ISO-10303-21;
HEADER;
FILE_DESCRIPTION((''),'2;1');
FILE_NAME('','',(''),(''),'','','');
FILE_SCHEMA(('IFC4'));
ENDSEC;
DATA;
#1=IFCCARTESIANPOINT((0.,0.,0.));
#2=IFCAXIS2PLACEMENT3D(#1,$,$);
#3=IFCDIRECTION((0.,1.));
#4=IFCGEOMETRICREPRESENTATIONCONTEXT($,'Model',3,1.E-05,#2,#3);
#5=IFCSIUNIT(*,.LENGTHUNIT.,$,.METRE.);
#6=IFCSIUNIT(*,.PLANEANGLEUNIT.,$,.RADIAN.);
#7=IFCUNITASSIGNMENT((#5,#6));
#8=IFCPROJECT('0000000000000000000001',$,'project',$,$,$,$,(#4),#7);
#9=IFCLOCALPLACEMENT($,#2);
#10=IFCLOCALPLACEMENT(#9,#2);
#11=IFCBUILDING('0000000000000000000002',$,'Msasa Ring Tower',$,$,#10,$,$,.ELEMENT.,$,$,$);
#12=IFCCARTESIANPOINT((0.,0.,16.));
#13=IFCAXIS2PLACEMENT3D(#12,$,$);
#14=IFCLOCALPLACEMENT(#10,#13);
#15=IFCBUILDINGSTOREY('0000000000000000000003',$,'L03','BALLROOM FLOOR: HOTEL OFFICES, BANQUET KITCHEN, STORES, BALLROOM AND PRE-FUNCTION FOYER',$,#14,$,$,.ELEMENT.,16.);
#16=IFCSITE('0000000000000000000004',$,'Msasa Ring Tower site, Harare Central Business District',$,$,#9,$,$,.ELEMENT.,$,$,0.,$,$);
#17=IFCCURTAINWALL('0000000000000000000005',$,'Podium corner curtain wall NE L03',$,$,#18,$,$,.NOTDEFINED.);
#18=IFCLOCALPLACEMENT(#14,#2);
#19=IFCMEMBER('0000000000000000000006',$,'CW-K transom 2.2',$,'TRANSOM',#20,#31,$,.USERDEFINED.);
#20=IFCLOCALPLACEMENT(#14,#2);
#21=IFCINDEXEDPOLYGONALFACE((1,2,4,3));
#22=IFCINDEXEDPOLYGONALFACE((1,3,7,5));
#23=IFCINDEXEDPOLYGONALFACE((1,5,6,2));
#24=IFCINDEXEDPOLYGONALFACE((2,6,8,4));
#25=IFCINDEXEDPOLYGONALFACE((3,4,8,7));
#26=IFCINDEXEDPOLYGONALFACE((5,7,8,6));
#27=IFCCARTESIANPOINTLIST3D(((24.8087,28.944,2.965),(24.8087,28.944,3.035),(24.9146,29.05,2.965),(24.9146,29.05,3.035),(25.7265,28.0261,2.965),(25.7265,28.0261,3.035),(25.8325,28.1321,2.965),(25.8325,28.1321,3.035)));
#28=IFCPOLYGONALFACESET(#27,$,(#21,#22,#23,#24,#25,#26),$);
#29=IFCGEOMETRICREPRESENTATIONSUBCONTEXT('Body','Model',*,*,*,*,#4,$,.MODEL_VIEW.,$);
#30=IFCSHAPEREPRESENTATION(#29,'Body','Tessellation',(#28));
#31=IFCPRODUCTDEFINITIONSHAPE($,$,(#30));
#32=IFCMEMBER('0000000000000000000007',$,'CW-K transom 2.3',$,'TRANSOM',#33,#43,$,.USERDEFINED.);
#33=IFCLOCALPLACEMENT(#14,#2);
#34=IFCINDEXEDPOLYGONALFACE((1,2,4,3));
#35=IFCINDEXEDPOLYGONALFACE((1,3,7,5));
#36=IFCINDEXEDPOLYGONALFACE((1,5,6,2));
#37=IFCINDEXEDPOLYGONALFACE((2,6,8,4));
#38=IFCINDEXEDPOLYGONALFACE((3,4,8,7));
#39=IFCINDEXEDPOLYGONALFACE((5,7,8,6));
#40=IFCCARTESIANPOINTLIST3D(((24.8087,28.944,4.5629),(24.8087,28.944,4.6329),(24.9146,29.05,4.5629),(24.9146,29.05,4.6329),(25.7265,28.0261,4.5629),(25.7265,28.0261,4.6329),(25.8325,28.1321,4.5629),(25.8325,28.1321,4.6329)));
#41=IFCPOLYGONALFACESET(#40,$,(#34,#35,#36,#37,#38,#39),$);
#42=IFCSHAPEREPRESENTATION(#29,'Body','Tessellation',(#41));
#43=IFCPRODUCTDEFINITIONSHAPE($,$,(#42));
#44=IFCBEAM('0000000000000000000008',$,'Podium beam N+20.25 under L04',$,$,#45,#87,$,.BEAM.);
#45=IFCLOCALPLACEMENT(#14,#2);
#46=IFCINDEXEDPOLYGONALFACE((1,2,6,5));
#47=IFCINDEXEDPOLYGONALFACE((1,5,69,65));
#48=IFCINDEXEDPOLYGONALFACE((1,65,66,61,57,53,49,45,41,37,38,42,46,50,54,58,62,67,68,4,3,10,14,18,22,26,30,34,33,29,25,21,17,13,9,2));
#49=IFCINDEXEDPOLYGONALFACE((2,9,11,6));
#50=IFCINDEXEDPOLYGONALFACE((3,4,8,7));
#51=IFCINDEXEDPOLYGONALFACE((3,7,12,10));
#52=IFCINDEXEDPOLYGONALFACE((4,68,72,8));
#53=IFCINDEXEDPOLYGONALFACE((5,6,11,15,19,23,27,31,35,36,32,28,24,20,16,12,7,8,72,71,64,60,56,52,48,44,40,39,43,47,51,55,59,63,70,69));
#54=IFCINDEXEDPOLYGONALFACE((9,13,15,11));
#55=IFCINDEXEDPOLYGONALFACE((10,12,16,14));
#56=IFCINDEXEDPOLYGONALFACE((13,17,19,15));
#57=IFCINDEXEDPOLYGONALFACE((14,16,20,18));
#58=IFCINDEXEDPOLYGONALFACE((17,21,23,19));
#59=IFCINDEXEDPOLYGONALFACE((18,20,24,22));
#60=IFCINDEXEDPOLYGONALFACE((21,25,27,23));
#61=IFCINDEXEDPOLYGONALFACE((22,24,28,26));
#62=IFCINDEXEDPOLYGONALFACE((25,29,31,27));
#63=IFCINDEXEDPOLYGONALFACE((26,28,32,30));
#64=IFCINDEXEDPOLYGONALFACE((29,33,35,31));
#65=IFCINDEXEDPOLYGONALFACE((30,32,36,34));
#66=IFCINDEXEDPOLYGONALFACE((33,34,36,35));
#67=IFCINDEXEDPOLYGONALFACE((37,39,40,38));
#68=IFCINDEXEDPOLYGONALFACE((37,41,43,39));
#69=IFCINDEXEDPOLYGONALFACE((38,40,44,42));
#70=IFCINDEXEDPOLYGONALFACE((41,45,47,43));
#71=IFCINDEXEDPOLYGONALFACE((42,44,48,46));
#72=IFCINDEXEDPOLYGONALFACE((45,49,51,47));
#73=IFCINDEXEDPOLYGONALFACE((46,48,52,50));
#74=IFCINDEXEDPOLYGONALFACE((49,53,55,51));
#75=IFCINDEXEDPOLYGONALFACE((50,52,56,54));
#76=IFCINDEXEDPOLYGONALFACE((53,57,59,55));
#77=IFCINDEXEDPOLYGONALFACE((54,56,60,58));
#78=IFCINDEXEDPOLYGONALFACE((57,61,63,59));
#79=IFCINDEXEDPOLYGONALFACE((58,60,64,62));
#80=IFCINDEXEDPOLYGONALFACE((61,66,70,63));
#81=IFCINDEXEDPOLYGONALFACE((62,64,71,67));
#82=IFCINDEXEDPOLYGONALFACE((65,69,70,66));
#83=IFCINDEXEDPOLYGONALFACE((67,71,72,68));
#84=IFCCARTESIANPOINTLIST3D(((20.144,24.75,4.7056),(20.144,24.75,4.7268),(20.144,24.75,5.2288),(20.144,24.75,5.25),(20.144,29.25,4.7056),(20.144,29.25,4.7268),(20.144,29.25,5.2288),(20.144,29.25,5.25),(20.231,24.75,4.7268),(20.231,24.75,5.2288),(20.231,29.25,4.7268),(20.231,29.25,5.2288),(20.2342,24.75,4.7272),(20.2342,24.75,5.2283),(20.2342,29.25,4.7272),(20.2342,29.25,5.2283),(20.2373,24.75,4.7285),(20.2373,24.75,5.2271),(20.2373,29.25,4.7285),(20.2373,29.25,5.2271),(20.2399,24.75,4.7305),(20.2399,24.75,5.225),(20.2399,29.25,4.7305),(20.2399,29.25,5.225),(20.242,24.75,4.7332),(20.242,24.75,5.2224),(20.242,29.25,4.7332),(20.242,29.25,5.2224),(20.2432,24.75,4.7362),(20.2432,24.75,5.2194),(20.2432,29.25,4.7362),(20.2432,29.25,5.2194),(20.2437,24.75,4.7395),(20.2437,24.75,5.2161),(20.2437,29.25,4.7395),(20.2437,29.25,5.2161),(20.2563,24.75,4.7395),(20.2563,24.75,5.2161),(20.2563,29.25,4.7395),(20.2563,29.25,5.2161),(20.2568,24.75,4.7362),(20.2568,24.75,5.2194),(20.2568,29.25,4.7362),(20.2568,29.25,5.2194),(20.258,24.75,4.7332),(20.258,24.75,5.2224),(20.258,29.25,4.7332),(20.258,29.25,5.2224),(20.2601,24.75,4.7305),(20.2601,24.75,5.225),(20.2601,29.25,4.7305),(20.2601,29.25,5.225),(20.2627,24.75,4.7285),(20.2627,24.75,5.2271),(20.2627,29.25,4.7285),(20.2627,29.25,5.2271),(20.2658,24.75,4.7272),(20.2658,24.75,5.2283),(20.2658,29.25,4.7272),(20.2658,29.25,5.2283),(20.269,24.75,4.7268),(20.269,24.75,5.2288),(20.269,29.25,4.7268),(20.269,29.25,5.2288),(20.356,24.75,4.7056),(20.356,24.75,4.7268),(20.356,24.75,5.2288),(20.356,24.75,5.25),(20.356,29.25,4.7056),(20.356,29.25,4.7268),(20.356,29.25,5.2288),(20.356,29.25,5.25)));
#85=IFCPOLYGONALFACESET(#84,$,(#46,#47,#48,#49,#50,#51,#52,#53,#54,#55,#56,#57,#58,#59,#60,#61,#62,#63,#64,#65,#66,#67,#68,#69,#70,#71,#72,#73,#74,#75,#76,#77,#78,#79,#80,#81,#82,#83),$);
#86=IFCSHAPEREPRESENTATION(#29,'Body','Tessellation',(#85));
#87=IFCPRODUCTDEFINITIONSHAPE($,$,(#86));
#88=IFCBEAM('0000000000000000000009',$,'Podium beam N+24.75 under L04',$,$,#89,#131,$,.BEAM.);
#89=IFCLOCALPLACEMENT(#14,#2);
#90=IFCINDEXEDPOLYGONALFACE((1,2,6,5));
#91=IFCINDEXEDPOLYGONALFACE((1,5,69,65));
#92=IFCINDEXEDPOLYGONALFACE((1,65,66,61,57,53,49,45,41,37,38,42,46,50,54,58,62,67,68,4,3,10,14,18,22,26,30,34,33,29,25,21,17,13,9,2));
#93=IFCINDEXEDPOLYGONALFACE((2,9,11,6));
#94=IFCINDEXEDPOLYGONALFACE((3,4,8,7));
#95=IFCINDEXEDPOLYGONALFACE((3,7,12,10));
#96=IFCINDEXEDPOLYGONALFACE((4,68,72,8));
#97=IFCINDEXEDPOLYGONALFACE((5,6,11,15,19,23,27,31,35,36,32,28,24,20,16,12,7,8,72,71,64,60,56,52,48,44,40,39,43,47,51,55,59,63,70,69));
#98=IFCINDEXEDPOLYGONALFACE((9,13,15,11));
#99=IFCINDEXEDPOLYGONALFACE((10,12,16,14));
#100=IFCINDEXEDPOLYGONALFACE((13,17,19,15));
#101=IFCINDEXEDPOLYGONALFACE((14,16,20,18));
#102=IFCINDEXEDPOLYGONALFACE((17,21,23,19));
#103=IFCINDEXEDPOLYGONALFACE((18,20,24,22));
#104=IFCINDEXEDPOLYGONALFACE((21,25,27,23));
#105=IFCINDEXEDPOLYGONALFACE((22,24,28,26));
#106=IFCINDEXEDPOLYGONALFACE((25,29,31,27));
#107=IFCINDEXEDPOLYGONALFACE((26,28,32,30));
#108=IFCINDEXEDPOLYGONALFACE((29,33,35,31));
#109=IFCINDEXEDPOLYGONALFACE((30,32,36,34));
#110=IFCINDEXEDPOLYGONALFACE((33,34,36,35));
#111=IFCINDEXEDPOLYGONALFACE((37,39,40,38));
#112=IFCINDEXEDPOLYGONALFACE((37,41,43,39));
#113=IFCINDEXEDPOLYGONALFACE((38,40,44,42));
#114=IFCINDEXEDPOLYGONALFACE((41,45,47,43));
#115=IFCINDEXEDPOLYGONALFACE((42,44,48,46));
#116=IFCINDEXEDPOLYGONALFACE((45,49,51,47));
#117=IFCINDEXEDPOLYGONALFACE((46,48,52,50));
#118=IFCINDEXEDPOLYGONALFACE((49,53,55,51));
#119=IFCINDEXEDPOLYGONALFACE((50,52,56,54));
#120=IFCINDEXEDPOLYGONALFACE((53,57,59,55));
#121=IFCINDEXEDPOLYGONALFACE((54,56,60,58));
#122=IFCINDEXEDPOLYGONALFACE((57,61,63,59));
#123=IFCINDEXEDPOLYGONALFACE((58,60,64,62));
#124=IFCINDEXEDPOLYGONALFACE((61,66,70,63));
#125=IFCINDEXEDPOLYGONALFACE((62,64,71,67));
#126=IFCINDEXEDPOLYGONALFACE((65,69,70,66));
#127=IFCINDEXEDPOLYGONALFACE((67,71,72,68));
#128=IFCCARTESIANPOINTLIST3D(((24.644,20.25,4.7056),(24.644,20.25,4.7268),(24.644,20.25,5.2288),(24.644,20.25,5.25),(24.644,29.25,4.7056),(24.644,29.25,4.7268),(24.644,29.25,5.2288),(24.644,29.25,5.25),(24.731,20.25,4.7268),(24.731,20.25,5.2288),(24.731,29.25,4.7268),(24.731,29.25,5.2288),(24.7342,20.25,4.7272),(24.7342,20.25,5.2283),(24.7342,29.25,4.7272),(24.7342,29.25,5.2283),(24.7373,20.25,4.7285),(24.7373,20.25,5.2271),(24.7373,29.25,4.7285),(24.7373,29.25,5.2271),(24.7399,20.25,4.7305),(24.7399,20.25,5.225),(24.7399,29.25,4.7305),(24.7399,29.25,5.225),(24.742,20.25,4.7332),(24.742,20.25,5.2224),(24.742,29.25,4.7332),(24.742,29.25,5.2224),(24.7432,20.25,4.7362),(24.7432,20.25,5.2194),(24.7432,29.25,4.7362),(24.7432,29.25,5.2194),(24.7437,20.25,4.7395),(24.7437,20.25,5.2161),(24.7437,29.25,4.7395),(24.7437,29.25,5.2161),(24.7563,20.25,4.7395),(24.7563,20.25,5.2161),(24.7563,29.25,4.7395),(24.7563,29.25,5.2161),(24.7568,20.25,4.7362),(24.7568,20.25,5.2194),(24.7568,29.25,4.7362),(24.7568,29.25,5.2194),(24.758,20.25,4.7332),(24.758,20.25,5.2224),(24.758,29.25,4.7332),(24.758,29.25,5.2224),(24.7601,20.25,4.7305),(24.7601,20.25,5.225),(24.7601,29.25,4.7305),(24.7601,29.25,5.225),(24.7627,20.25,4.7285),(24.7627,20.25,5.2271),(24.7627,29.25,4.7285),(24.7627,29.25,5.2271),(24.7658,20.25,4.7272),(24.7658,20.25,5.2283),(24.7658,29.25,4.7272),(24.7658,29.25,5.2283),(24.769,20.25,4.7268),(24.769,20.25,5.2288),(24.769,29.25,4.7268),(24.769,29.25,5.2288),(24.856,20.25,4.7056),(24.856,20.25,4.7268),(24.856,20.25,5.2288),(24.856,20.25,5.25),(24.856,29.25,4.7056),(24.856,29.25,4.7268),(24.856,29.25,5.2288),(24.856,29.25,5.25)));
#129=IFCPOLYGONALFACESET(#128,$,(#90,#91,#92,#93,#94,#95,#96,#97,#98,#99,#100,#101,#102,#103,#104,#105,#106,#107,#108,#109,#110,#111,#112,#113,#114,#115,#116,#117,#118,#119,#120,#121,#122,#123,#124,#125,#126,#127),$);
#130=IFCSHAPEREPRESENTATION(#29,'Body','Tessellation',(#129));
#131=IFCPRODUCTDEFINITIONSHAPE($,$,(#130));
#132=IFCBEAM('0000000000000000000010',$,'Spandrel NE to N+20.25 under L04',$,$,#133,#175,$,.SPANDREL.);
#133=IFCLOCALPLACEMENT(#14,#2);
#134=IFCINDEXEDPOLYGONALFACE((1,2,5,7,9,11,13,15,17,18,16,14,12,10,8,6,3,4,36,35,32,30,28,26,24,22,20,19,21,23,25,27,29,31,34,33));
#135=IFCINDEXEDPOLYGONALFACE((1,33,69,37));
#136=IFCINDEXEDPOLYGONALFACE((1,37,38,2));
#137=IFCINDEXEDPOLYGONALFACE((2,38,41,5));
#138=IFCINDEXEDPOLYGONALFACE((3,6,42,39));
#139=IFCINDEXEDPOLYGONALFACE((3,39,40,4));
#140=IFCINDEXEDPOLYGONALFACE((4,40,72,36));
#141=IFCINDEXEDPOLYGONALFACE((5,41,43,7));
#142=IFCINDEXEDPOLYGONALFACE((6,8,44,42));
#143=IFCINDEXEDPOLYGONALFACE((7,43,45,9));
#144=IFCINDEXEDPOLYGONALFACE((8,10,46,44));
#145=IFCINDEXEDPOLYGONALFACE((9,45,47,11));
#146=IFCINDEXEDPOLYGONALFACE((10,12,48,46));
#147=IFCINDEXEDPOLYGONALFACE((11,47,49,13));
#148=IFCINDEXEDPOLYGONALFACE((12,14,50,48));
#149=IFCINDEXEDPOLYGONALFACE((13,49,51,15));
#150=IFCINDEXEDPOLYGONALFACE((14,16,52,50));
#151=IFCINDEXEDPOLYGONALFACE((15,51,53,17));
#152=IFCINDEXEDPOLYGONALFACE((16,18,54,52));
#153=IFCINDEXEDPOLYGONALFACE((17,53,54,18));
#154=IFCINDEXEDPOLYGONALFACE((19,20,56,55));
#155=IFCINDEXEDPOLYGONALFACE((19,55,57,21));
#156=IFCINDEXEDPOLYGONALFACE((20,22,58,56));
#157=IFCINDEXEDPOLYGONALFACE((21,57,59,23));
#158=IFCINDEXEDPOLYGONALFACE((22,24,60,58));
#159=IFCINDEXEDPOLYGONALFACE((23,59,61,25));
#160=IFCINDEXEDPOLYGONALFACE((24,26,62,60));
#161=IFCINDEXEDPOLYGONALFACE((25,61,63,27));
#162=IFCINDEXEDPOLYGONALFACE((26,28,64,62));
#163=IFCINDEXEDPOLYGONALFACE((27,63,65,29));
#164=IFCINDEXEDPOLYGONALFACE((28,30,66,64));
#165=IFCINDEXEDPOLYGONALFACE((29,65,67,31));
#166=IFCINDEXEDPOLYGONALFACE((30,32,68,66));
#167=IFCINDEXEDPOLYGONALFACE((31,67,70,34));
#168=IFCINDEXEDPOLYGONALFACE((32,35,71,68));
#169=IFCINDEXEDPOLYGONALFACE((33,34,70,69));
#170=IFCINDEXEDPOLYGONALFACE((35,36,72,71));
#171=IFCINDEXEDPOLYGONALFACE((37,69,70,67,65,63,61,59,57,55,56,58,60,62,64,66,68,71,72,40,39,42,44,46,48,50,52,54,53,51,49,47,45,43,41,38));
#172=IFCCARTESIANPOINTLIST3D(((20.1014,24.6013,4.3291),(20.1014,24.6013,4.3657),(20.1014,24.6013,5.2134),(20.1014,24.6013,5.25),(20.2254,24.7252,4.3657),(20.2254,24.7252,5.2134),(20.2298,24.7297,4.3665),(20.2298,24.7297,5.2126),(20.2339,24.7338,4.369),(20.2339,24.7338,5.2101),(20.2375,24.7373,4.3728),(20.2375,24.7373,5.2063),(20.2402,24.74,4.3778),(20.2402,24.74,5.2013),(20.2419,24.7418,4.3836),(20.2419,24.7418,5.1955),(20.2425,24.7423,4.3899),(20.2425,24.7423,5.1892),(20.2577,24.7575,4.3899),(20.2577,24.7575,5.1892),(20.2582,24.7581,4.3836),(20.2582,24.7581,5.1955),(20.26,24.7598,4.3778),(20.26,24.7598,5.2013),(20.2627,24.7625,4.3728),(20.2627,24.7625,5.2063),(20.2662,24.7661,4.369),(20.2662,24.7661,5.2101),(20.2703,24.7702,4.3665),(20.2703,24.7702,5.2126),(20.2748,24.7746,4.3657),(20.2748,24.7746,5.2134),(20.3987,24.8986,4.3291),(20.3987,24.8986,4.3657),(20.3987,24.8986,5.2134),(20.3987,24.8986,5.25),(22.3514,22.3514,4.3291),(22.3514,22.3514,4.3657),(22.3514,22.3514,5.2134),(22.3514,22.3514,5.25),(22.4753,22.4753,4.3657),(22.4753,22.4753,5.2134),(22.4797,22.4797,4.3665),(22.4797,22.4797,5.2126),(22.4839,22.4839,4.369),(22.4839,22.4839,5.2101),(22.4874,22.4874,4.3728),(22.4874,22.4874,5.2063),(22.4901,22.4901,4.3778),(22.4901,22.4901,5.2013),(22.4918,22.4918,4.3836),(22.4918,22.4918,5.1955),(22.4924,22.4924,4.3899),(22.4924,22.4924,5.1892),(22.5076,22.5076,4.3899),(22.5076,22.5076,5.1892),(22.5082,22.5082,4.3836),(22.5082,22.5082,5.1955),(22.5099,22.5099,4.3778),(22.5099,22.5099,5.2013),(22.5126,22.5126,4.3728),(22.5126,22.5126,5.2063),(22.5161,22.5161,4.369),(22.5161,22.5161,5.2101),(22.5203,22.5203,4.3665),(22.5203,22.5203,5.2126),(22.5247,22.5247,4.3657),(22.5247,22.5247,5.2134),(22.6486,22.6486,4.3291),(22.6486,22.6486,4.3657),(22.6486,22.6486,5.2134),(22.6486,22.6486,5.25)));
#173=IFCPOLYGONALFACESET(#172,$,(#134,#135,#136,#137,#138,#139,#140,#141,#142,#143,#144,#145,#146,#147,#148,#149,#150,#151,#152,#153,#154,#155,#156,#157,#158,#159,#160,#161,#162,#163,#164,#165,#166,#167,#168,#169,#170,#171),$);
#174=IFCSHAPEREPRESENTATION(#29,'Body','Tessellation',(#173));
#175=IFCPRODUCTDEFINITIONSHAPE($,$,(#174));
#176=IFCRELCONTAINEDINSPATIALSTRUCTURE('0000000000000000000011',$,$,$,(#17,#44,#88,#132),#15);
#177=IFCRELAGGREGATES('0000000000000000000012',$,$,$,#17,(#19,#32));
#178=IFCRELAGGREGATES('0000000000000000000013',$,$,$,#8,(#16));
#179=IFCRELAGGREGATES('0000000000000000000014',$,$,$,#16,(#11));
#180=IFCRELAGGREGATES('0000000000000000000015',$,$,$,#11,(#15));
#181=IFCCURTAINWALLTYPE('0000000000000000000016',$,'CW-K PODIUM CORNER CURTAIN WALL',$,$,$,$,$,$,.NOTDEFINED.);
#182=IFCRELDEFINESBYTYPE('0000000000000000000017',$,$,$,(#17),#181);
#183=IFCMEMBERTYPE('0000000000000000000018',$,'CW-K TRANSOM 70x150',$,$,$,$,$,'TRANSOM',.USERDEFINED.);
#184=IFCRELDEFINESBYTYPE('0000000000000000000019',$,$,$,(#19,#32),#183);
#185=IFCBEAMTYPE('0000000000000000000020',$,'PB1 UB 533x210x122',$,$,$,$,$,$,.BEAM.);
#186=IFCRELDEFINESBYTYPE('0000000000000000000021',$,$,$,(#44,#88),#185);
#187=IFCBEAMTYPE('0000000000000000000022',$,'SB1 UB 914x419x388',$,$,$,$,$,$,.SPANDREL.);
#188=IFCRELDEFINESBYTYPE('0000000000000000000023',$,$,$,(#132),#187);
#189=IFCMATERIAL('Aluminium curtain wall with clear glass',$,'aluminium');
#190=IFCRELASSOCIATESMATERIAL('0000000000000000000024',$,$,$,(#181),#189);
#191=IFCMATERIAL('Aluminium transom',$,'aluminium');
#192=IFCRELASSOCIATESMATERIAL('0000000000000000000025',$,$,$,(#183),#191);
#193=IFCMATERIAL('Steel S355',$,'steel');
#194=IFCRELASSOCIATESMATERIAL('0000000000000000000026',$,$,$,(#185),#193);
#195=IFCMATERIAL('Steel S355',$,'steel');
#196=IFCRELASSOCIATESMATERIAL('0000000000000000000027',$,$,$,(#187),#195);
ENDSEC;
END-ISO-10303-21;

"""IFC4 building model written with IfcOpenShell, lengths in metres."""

from ifc_helpers import new_model, si_unit, direction, frame, origin, origin_2d, place, context, subcontext, project, spatial, rectangle, i_section, extrude, material, material_profile, profile_set, type_object, element, aggregate, save


model = new_model("IFC4")

# Units and contexts
model_context = context("Model", 3, precision=1e-05, world=origin(), true_north=direction((0.0, 1.0)))
body_context = subcontext(model_context, "Body", "Model", "MODEL_VIEW")
ifc_project = project(units=[si_unit("LENGTHUNIT", "METRE"), si_unit("PLANEANGLEUNIT", "RADIAN")], contexts=[model_context])

# Site, building, storey
site_placement = place(None, origin())
site = spatial("IfcSite", under=ifc_project, at=site_placement, Name="Msasa Ring Tower site, Harare Central Business District", CompositionType="ELEMENT", RefElevation=0.0)
building_placement = place(site_placement, origin())
building = spatial("IfcBuilding", under=site, at=building_placement, Name="Msasa Ring Tower", CompositionType="ELEMENT")
storey_placement = place(building_placement, frame((0.0, 0.0, 16.0)))
storey = spatial("IfcBuildingStorey", under=building, at=storey_placement, Name="L03", Description="BALLROOM FLOOR: HOTEL OFFICES, BANQUET KITCHEN, STORES, BALLROOM AND PRE-FUNCTION FOYER", CompositionType="ELEMENT", Elevation=16.0)

# Curtain wall, members
ifc_material_1 = material(Name="Aluminium curtain wall with clear glass", Category="aluminium")
curtain_wall_type = type_object("IfcCurtainWallType", Name="CW-K PODIUM CORNER CURTAIN WALL", PredefinedType="NOTDEFINED", material=ifc_material_1)
curtain_wall_placement = place(storey_placement, origin())
curtain_wall = element("IfcCurtainWall", 1, at=curtain_wall_placement, inside=storey, type_object=curtain_wall_type, Name="Podium corner curtain wall NE L03", PredefinedType="NOTDEFINED")
ifc_material_2 = material(Name="Aluminium transom", Category="aluminium")
ifc_material_profile_1 = material_profile(ifc_material_2, rectangle(XDim=0.1499, YDim=0.0701, at=origin_2d()), Name="AL 70x150")
ifc_profile_set_1 = profile_set([ifc_material_profile_1], Name="Aluminium transom")
member_type_1 = type_object("IfcMemberType", Name="CW-K TRANSOM 70x150", ElementType="TRANSOM", PredefinedType="USERDEFINED", material=ifc_profile_set_1)
member_1_placement = place(storey_placement, frame((25.7795, 28.0791, 3.0), z_axis=(-0.707107, 0.707107, 0.0), x_axis=(-0.707107, -0.707107, 0.0)))
member_1 = element("IfcMember", 2, at=member_1_placement, type_object=member_type_1, Name="CW-K transom 2.2", ObjectType="TRANSOM", PredefinedType="USERDEFINED", context=body_context, shape_type="SweptSolid", body=[
    extrude(rectangle(XDim=0.1499, YDim=0.0701, at=origin_2d()), origin(), (0.0, 0.0, 1.0), 1.2981),
])
member_2_placement = place(storey_placement, frame((25.7795, 28.0791, 4.5979), z_axis=(-0.707107, 0.707107, 0.0), x_axis=(-0.707107, -0.707107, 0.0)))
member_2 = element("IfcMember", 3, at=member_2_placement, type_object=member_type_1, Name="CW-K transom 2.3", ObjectType="TRANSOM", PredefinedType="USERDEFINED", context=body_context, shape_type="SweptSolid", body=[
    extrude(rectangle(XDim=0.1499, YDim=0.0701, at=origin_2d()), origin(), (0.0, 0.0, 1.0), 1.2981),
])

# Beams
ifc_material_3 = material(Name="Steel S355", Category="steel")
ifc_material_profile_2 = material_profile(ifc_material_3, i_section(OverallWidth=0.2119, OverallDepth=0.5444, WebThickness=0.0127, FlangeThickness=0.0212, FilletRadius=0.0127, at=origin_2d()), Name="UB 533x210x122")
ifc_profile_set_2 = profile_set([ifc_material_profile_2], Name="Steel S355")
beam_type_1 = type_object("IfcBeamType", Name="PB1 UB 533x210x122", PredefinedType="BEAM", material=ifc_profile_set_2)
beam_1_placement = place(storey_placement, frame((20.25, 29.25, 4.9778), z_axis=(0.0, -1.0, 0.0), x_axis=(1.0, 0.0, 0.0)))
element("IfcBeam", 4, at=beam_1_placement, inside=storey, type_object=beam_type_1, Name="Podium beam N+20.25 under L04", PredefinedType="BEAM", context=body_context, shape_type="SweptSolid", body=[
    extrude(i_section(OverallWidth=0.2119, OverallDepth=0.5444, WebThickness=0.0127, FlangeThickness=0.0212, FilletRadius=0.0127, at=origin_2d()), origin(), (0.0, 0.0, 1.0), 4.5),
])
beam_2_placement = place(storey_placement, frame((24.75, 29.25, 4.9778), z_axis=(0.0, -1.0, 0.0), x_axis=(1.0, 0.0, 0.0)))
element("IfcBeam", 5, at=beam_2_placement, inside=storey, type_object=beam_type_1, Name="Podium beam N+24.75 under L04", PredefinedType="BEAM", context=body_context, shape_type="SweptSolid", body=[
    extrude(i_section(OverallWidth=0.2119, OverallDepth=0.5444, WebThickness=0.0127, FlangeThickness=0.0212, FilletRadius=0.0127, at=origin_2d()), origin(), (0.0, 0.0, 1.0), 9.0),
])
ifc_material_4 = material(Name="Steel S355", Category="steel")
ifc_material_profile_3 = material_profile(ifc_material_4, i_section(OverallWidth=0.4204, OverallDepth=0.9209, WebThickness=0.0215, FlangeThickness=0.0366, FilletRadius=0.0242, at=origin_2d()), Name="UB 914x419x388")
ifc_profile_set_3 = profile_set([ifc_material_profile_3], Name="Steel S355")
beam_type_2 = type_object("IfcBeamType", Name="SB1 UB 914x419x388", PredefinedType="SPANDREL", material=ifc_profile_set_3)
beam_3_placement = place(storey_placement, frame((22.5, 22.5, 4.7896), z_axis=(-0.707107, 0.707107, 0.0), x_axis=(-0.707107, -0.707107, 0.0)))
element("IfcBeam", 6, at=beam_3_placement, inside=storey, type_object=beam_type_2, Name="Spandrel NE to N+20.25 under L04", PredefinedType="SPANDREL", context=body_context, shape_type="SweptSolid", body=[
    extrude(i_section(OverallWidth=0.4204, OverallDepth=0.9209, WebThickness=0.0215, FlangeThickness=0.0366, FilletRadius=0.0242, at=origin_2d()), origin(), (0.0, 0.0, 1.0), 3.1819),
])

aggregate(curtain_wall, [member_1, member_2])

save(model, "model.ifc")
